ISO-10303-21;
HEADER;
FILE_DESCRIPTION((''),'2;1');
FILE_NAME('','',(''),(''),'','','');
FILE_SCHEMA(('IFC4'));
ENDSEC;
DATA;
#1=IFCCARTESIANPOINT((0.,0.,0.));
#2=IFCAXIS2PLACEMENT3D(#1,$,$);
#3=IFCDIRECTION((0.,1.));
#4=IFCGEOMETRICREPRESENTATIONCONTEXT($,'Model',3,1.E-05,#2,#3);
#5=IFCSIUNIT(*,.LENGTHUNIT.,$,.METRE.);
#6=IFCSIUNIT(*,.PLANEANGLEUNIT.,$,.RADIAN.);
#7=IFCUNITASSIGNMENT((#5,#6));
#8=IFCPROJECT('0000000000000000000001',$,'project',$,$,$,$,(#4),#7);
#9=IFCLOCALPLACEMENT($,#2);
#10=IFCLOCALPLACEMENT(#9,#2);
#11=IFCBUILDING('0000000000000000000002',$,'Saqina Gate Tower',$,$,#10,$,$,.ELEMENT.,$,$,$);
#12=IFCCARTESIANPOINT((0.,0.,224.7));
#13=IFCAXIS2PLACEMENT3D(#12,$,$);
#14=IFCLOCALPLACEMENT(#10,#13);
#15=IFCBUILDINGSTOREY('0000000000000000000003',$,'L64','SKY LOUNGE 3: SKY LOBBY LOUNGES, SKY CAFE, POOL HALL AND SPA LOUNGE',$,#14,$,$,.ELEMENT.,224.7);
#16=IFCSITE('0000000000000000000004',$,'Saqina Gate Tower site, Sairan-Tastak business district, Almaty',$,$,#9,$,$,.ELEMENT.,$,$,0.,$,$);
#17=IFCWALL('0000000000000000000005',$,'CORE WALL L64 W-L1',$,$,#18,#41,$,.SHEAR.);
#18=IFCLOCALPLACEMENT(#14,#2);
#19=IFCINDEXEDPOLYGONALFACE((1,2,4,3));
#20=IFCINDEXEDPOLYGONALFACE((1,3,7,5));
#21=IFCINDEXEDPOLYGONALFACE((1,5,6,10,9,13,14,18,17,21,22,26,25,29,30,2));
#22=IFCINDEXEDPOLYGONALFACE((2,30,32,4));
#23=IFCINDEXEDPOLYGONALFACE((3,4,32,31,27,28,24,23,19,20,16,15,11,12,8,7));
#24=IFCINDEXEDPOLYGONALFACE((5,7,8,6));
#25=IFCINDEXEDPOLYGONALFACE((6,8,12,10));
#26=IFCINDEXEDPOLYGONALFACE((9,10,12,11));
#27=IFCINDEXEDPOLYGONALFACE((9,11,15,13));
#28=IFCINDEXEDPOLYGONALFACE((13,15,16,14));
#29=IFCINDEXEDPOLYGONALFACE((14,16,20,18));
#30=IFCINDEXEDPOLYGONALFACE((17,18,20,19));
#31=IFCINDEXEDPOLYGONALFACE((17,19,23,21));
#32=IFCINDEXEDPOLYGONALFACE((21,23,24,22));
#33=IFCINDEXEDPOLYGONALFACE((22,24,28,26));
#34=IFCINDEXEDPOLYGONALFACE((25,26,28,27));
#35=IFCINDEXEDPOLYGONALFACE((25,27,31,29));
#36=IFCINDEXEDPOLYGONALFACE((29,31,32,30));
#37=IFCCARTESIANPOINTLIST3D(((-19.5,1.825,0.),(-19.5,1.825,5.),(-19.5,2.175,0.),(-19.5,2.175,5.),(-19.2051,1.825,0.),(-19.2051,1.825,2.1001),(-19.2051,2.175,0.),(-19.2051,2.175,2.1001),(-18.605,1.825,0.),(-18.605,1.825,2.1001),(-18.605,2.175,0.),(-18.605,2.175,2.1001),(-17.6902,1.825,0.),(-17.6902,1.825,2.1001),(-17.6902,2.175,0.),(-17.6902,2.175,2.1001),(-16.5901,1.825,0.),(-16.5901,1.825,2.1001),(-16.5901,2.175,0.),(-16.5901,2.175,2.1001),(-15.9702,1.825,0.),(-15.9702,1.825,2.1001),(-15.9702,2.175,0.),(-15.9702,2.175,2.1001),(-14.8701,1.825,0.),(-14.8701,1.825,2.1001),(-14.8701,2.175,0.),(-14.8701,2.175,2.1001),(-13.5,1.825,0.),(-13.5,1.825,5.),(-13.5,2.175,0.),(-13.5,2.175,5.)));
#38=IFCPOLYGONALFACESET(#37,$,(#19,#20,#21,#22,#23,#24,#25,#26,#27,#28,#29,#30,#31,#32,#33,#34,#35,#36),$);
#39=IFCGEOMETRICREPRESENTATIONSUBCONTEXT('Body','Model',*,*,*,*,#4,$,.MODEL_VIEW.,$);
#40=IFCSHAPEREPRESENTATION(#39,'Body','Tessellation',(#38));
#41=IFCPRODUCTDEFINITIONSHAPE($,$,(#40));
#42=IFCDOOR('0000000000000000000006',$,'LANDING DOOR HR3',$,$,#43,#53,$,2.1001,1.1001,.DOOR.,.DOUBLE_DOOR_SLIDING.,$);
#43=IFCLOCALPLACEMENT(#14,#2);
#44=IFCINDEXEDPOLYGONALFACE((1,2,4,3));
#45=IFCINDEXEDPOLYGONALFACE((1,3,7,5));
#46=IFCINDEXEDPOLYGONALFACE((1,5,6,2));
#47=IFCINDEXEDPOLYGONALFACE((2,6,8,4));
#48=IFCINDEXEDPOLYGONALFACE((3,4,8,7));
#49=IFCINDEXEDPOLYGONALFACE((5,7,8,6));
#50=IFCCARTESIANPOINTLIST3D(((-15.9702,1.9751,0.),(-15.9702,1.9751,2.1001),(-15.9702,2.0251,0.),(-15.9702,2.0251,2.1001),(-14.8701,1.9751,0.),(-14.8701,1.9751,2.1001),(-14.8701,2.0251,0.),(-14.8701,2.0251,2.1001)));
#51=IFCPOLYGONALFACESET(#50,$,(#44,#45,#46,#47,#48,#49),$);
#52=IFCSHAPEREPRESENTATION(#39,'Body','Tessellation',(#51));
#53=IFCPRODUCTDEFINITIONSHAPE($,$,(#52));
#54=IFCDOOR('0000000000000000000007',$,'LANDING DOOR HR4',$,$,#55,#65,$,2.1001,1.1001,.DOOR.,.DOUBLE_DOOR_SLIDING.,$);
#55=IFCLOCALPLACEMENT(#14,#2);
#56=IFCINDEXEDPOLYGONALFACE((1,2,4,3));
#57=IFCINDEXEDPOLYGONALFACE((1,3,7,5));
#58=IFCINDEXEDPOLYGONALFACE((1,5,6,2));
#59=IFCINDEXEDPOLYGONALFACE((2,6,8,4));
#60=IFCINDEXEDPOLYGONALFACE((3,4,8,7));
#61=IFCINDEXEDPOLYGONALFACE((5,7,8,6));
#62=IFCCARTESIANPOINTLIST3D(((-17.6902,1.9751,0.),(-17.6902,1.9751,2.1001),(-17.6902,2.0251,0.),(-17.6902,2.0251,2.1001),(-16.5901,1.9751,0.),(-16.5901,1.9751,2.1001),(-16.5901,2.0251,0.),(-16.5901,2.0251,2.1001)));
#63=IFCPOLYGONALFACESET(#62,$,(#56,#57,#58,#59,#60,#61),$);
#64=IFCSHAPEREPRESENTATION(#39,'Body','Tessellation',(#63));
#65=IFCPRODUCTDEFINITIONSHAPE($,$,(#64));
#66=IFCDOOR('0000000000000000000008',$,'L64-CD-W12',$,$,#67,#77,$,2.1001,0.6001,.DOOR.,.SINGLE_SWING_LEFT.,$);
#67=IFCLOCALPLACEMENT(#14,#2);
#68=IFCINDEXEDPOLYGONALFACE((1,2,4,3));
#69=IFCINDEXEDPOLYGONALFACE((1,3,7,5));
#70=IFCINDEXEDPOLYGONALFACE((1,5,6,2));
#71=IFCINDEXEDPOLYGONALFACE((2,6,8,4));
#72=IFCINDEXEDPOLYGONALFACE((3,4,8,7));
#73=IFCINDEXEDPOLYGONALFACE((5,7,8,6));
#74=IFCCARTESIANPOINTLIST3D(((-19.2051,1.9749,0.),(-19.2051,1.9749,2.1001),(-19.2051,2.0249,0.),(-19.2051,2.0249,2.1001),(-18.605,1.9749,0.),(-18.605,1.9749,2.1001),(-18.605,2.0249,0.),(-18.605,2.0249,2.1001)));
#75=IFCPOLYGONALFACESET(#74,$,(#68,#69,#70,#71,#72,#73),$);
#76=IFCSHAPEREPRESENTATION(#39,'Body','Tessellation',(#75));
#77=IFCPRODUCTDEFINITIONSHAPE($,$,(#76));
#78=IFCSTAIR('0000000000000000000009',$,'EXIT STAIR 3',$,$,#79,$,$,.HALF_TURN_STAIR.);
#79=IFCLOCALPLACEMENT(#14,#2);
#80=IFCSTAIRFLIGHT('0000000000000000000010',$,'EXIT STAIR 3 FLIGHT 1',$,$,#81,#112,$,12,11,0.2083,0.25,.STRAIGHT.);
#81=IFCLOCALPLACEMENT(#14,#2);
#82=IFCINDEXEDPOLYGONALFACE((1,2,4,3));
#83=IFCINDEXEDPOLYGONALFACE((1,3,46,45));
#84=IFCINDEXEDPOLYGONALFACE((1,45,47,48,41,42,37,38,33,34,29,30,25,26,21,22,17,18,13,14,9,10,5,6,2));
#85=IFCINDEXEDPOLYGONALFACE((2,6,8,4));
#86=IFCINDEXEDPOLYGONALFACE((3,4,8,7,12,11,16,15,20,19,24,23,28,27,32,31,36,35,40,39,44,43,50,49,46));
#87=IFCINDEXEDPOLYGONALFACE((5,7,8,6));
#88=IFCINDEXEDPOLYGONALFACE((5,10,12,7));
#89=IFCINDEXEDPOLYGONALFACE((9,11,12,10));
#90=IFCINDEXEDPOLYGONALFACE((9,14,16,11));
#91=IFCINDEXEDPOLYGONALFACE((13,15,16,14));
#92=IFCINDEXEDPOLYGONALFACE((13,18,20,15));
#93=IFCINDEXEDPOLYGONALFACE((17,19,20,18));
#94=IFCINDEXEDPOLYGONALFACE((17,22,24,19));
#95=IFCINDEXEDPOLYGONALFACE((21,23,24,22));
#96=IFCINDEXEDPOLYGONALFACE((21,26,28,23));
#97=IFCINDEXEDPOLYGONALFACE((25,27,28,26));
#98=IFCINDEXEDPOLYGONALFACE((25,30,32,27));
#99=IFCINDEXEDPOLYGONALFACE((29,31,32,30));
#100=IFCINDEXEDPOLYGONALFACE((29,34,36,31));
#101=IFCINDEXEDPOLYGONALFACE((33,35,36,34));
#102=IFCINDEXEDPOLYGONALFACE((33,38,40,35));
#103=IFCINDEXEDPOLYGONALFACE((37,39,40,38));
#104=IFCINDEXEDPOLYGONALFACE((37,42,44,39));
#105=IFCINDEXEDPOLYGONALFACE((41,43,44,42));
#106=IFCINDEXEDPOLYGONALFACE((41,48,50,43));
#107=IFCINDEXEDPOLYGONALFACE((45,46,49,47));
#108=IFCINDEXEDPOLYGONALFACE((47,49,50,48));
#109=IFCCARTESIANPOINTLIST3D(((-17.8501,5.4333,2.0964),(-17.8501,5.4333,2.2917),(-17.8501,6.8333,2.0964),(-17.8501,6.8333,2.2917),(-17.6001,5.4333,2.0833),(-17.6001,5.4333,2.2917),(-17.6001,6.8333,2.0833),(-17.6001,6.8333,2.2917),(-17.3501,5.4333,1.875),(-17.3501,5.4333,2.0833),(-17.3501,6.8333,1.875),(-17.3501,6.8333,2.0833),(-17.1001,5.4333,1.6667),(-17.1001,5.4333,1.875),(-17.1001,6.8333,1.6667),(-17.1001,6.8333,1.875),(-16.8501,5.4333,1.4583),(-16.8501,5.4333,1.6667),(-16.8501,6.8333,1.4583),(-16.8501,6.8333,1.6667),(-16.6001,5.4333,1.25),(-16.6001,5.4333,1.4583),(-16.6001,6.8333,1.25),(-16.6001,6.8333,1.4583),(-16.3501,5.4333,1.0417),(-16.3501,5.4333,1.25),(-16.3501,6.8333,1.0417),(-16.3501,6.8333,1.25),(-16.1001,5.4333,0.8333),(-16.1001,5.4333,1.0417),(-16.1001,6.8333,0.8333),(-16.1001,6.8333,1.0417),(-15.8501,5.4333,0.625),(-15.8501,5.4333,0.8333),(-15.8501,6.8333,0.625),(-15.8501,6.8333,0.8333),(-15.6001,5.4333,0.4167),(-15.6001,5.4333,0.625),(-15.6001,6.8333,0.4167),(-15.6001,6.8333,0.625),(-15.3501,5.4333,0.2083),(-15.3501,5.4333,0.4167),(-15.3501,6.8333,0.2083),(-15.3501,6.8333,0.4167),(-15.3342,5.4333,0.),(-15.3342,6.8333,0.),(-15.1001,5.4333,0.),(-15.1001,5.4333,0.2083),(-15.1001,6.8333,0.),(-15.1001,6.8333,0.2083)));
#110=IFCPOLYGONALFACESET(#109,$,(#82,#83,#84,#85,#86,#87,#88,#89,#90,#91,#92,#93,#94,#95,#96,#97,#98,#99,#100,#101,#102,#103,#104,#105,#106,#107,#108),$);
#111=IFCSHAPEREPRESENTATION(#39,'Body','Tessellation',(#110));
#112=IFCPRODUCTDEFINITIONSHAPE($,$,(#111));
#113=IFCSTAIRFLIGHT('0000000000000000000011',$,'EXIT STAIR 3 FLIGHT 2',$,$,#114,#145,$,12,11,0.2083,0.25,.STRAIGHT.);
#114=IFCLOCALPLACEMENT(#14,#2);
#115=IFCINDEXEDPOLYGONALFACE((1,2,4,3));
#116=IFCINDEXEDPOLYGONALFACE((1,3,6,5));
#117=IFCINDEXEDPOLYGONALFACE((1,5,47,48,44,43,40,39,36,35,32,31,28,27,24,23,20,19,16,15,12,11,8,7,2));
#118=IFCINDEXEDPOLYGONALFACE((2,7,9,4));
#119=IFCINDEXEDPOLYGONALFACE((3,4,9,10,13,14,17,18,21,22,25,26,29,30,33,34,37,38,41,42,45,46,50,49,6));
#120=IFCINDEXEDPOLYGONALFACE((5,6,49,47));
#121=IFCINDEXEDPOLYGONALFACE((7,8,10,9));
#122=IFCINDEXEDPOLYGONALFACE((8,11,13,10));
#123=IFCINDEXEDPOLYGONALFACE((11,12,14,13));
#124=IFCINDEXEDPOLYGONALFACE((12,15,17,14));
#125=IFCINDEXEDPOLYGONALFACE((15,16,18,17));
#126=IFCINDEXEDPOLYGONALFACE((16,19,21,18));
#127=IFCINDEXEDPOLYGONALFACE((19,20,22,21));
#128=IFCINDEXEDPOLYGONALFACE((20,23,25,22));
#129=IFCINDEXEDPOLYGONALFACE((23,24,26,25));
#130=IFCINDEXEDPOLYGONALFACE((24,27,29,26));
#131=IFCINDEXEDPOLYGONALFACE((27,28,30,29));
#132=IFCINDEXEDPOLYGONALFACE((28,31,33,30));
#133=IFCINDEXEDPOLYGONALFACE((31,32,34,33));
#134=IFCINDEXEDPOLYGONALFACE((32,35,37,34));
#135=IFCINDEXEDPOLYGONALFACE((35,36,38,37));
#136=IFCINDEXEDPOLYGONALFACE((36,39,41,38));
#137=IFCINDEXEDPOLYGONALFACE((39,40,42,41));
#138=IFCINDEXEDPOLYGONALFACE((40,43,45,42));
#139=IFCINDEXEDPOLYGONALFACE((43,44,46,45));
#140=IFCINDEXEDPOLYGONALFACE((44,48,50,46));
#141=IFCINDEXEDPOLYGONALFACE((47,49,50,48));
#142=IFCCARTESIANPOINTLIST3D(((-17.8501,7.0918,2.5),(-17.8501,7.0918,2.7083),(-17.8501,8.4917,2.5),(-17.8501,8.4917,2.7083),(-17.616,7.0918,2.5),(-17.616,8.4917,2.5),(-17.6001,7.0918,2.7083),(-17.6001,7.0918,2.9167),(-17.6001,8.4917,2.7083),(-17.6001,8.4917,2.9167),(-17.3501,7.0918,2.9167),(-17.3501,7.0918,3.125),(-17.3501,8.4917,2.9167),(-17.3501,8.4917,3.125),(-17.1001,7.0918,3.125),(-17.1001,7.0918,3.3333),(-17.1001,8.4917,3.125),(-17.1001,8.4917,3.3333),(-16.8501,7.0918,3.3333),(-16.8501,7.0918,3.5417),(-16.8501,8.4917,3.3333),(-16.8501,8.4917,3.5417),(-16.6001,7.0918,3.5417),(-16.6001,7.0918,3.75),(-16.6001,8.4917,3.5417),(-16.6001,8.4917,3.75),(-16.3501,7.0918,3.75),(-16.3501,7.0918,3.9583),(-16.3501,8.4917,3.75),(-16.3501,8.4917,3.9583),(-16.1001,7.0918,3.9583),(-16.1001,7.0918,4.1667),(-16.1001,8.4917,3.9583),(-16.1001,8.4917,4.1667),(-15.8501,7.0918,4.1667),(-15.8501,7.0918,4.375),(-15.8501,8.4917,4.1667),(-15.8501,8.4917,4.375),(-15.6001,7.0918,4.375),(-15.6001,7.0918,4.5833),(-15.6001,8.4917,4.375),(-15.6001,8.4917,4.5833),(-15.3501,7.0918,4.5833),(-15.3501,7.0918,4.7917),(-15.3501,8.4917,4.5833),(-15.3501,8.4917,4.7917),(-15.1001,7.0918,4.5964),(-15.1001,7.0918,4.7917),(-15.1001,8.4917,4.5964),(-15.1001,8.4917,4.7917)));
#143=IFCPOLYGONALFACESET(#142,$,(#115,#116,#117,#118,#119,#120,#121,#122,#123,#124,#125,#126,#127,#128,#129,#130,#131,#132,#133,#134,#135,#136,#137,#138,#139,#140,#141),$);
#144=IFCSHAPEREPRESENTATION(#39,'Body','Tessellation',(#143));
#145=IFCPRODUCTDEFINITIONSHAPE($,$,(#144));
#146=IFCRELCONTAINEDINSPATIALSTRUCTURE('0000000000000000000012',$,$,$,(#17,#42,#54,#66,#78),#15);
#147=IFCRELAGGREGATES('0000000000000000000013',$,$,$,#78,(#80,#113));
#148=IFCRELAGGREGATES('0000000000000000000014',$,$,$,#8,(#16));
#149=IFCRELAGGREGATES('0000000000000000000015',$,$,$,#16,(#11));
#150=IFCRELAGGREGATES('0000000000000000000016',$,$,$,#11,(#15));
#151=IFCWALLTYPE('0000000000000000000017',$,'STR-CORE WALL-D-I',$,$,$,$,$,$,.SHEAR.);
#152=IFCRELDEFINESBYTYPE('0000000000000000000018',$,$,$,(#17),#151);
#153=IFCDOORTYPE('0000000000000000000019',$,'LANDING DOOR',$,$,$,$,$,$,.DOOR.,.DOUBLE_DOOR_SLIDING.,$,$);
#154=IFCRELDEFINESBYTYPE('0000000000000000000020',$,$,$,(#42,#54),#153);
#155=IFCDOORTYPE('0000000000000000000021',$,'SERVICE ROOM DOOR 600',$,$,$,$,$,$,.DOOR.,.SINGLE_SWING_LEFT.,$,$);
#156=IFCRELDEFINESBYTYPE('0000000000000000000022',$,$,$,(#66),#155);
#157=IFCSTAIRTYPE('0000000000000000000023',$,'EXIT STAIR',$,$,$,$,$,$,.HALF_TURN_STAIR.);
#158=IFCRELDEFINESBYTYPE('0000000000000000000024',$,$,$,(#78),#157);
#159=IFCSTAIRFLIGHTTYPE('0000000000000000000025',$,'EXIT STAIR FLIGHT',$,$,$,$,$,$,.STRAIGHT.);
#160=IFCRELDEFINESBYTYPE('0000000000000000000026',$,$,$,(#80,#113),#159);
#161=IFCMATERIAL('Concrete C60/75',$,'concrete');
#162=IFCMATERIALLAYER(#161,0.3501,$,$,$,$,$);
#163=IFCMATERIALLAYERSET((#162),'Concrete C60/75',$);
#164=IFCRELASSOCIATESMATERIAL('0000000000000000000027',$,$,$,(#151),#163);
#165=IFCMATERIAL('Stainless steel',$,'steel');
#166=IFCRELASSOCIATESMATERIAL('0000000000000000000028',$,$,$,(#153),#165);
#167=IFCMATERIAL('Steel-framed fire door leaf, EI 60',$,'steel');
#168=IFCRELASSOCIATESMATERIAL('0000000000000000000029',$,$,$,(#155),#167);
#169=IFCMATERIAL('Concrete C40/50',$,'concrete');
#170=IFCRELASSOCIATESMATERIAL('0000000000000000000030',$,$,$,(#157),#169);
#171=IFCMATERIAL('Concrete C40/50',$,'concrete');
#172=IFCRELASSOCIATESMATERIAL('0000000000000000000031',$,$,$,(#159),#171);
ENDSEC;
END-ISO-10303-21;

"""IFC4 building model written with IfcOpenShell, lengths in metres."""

from ifc_helpers import new_model, si_unit, direction, frame, frame_2d, origin, place, context, subcontext, project, spatial, polyline, rectangle, outline, extrude, material, layer, layer_set, type_object, element, fill, aggregate, save


model = new_model("IFC4")

# Units and contexts
model_context = context("Model", 3, precision=1e-05, world=origin(), true_north=direction((0.0, 1.0)))
body_context = subcontext(model_context, "Body", "Model", "MODEL_VIEW")
ifc_project = project(units=[si_unit("LENGTHUNIT", "METRE"), si_unit("PLANEANGLEUNIT", "RADIAN")], contexts=[model_context])

# Site, building, storey
site_placement = place(None, origin())
site = spatial("IfcSite", under=ifc_project, at=site_placement, Name="Saqina Gate Tower site, Sairan-Tastak business district, Almaty", CompositionType="ELEMENT", RefElevation=0.0)
building_placement = place(site_placement, origin())
building = spatial("IfcBuilding", under=site, at=building_placement, Name="Saqina Gate Tower", CompositionType="ELEMENT")
storey_placement = place(building_placement, frame((0.0, 0.0, 224.7)))
storey = spatial("IfcBuildingStorey", under=building, at=storey_placement, Name="L64", Description="SKY LOUNGE 3: SKY LOBBY LOUNGES, SKY CAFE, POOL HALL AND SPA LOUNGE", CompositionType="ELEMENT", Elevation=224.7)

# Shared definitions
ifc_material_1 = material(Name="Concrete C60/75", Category="concrete")
ifc_layer_1 = layer(ifc_material_1, 0.3501)
ifc_layer_set_1 = layer_set([ifc_layer_1], Name="Concrete C60/75")
wall_type_1 = type_object("IfcWallType", Name="STR-CORE WALL-D-I", PredefinedType="SHEAR", material=ifc_layer_set_1)

# Wall, openings, doors
wall_1_placement = place(storey_placement, frame((-13.5, 2.0, 0.0), z_axis=(0.0, 0.0, 1.0), x_axis=(-1.0, 0.0, 0.0)))
wall_1 = element("IfcWall", 1, at=wall_1_placement, inside=storey, type_object=wall_type_1, Name="CORE WALL L64 W-L1", PredefinedType="SHEAR", context=body_context, shape_type="SweptSolid", body=[
    extrude(rectangle(XDim=6.0, YDim=0.3501, at=frame_2d((3.0, 0.0))), origin(), (0.0, 0.0, 1.0), 5.0),
])
opening_1_placement = place(wall_1_placement, frame((1.3701, 0.0, 0.0)))
opening_1 = element("IfcOpeningElement", 2, at=opening_1_placement, cuts=wall_1, PredefinedType="OPENING", context=body_context, shape_type="SweptSolid", body=[
    extrude(rectangle(XDim=1.1001, YDim=2.1001, at=frame_2d((0.55, 1.05))), frame((0.0, 0.187, 0.0), z_axis=(0.0, -1.0, 0.0), x_axis=(1.0, 0.0, 0.0)), (0.0, 0.0, 1.0), 0.374),
])
opening_2_placement = place(wall_1_placement, frame((3.0901, 0.0, 0.0)))
opening_2 = element("IfcOpeningElement", 3, at=opening_2_placement, cuts=wall_1, PredefinedType="OPENING", context=body_context, shape_type="SweptSolid", body=[
    extrude(rectangle(XDim=1.1001, YDim=2.1001, at=frame_2d((0.55, 1.05))), frame((0.0, 0.187, 0.0), z_axis=(0.0, -1.0, 0.0), x_axis=(1.0, 0.0, 0.0)), (0.0, 0.0, 1.0), 0.374),
])
opening_3_placement = place(wall_1_placement, frame((5.105, 0.0, 0.0)))
opening_3 = element("IfcOpeningElement", 4, at=opening_3_placement, cuts=wall_1, PredefinedType="OPENING", context=body_context, shape_type="SweptSolid", body=[
    extrude(rectangle(XDim=0.6001, YDim=2.1001, at=frame_2d((0.3, 1.05))), frame((0.0, 0.187, 0.0), z_axis=(0.0, -1.0, 0.0), x_axis=(1.0, 0.0, 0.0)), (0.0, 0.0, 1.0), 0.374),
])
ifc_material_2 = material(Name="Stainless steel", Category="steel")
door_type_1 = type_object("IfcDoorType", Name="LANDING DOOR", OperationType="DOUBLE_DOOR_SLIDING", PredefinedType="DOOR", material=ifc_material_2)
door_1_placement = place(opening_1_placement, origin())
door_1 = element("IfcDoor", 5, at=door_1_placement, inside=storey, type_object=door_type_1, Name="LANDING DOOR HR3", OperationType="DOUBLE_DOOR_SLIDING", OverallHeight=2.1001, OverallWidth=1.1001, PredefinedType="DOOR", context=body_context, shape_type="SweptSolid", body=[
    extrude(rectangle(XDim=1.1001, YDim=2.1001, at=frame_2d((0.55, 1.05))), frame((0.0, 0.0249, 0.0), z_axis=(0.0, -1.0, 0.0), x_axis=(1.0, 0.0, 0.0)), (0.0, 0.0, 1.0), 0.05),
])
fill(opening_1, door_1)
door_2_placement = place(opening_2_placement, origin())
door_2 = element("IfcDoor", 6, at=door_2_placement, inside=storey, type_object=door_type_1, Name="LANDING DOOR HR4", OperationType="DOUBLE_DOOR_SLIDING", OverallHeight=2.1001, OverallWidth=1.1001, PredefinedType="DOOR", context=body_context, shape_type="SweptSolid", body=[
    extrude(rectangle(XDim=1.1001, YDim=2.1001, at=frame_2d((0.55, 1.05))), frame((0.0, 0.0249, 0.0), z_axis=(0.0, -1.0, 0.0), x_axis=(1.0, 0.0, 0.0)), (0.0, 0.0, 1.0), 0.05),
])
fill(opening_2, door_2)
ifc_material_3 = material(Name="Steel-framed fire door leaf, EI 60", Category="steel")
door_type_2 = type_object("IfcDoorType", Name="SERVICE ROOM DOOR 600", OperationType="SINGLE_SWING_LEFT", PredefinedType="DOOR", material=ifc_material_3)
door_3_placement = place(opening_3_placement, frame((0.6001, 0.0, 0.0), z_axis=(0.0, 0.0, 1.0), x_axis=(-1.0, 0.0, 0.0)))
door_3 = element("IfcDoor", 7, at=door_3_placement, inside=storey, type_object=door_type_2, Name="L64-CD-W12", OperationType="SINGLE_SWING_LEFT", OverallHeight=2.1001, OverallWidth=0.6001, PredefinedType="DOOR", context=body_context, shape_type="SweptSolid", body=[
    extrude(rectangle(XDim=0.6001, YDim=2.1001, at=frame_2d((0.3, 1.05))), frame((0.0, 0.0249, 0.0), z_axis=(0.0, -1.0, 0.0), x_axis=(1.0, 0.0, 0.0)), (0.0, 0.0, 1.0), 0.05),
])
fill(opening_3, door_3)

# Stair, stair flights
ifc_material_4 = material(Name="Concrete C40/50", Category="concrete")
stair_type = type_object("IfcStairType", Name="EXIT STAIR", PredefinedType="HALF_TURN_STAIR", material=ifc_material_4)
stair_placement = place(storey_placement, origin())
stair = element("IfcStair", 8, at=stair_placement, inside=storey, type_object=stair_type, Name="EXIT STAIR 3", PredefinedType="HALF_TURN_STAIR")
ifc_material_5 = material(Name="Concrete C40/50", Category="concrete")
stair_flight_type = type_object("IfcStairFlightType", Name="EXIT STAIR FLIGHT", PredefinedType="STRAIGHT", material=ifc_material_5)
stair_flight_1_placement = place(storey_placement, frame((-15.1001, 6.1333, 0.0), z_axis=(0.0, 0.0, 1.0), x_axis=(-1.0, 0.0, 0.0)))
stair_flight_1 = element("IfcStairFlight", 9, at=stair_flight_1_placement, type_object=stair_flight_type, Name="EXIT STAIR 3 FLIGHT 1", NumberOfRisers=12, NumberOfTreads=11, PredefinedType="STRAIGHT", RiserHeight=0.2083, TreadLength=0.25, context=body_context, shape_type="SweptSolid", body=[
    extrude(outline(polyline([(0.0, 0.0), (0.0, 0.2083), (0.25, 0.2083), (0.25, 0.4167), (0.5, 0.4167), (0.5, 0.625), (0.75, 0.625), (0.75, 0.8333), (1.0, 0.8333), (1.0, 1.0417), (1.25, 1.0417), (1.25, 1.25), (1.5, 1.25), (1.5, 1.4583), (1.75, 1.4583), (1.75, 1.6667), (2.0, 1.6667), (2.0, 1.875), (2.25, 1.875), (2.25, 2.0833), (2.5, 2.0833), (2.5, 2.2917), (2.75, 2.2917), (2.75, 2.5), (2.75, 2.0964), (0.2341, 0.0), (0.0, 0.0)])), frame((0.0, 0.7, 0.0), z_axis=(0.0, -1.0, 0.0), x_axis=(1.0, 0.0, 0.0)), (0.0, 0.0, 1.0), 1.3999),
])
stair_flight_2_placement = place(storey_placement, frame((-17.8501, 7.7917, 2.5), z_axis=(0.0, 0.0, 1.0), x_axis=(1.0, 0.0, 0.0)))
stair_flight_2 = element("IfcStairFlight", 10, at=stair_flight_2_placement, type_object=stair_flight_type, Name="EXIT STAIR 3 FLIGHT 2", NumberOfRisers=12, NumberOfTreads=11, PredefinedType="STRAIGHT", RiserHeight=0.2083, TreadLength=0.25, context=body_context, shape_type="SweptSolid", body=[
    extrude(outline(polyline([(0.0, 0.0), (0.0, 0.2083), (0.25, 0.2083), (0.25, 0.4167), (0.5, 0.4167), (0.5, 0.625), (0.75, 0.625), (0.75, 0.8333), (1.0, 0.8333), (1.0, 1.0417), (1.25, 1.0417), (1.25, 1.25), (1.5, 1.25), (1.5, 1.4583), (1.75, 1.4583), (1.75, 1.6667), (2.0, 1.6667), (2.0, 1.875), (2.25, 1.875), (2.25, 2.0833), (2.5, 2.0833), (2.5, 2.2917), (2.75, 2.2917), (2.75, 2.5), (2.75, 2.0964), (0.2341, 0.0), (0.0, 0.0)])), frame((0.0, 0.7, 0.0), z_axis=(0.0, -1.0, 0.0), x_axis=(1.0, 0.0, 0.0)), (0.0, 0.0, 1.0), 1.3999),
])
aggregate(stair, [stair_flight_1, stair_flight_2])

save(model, "model.ifc")
